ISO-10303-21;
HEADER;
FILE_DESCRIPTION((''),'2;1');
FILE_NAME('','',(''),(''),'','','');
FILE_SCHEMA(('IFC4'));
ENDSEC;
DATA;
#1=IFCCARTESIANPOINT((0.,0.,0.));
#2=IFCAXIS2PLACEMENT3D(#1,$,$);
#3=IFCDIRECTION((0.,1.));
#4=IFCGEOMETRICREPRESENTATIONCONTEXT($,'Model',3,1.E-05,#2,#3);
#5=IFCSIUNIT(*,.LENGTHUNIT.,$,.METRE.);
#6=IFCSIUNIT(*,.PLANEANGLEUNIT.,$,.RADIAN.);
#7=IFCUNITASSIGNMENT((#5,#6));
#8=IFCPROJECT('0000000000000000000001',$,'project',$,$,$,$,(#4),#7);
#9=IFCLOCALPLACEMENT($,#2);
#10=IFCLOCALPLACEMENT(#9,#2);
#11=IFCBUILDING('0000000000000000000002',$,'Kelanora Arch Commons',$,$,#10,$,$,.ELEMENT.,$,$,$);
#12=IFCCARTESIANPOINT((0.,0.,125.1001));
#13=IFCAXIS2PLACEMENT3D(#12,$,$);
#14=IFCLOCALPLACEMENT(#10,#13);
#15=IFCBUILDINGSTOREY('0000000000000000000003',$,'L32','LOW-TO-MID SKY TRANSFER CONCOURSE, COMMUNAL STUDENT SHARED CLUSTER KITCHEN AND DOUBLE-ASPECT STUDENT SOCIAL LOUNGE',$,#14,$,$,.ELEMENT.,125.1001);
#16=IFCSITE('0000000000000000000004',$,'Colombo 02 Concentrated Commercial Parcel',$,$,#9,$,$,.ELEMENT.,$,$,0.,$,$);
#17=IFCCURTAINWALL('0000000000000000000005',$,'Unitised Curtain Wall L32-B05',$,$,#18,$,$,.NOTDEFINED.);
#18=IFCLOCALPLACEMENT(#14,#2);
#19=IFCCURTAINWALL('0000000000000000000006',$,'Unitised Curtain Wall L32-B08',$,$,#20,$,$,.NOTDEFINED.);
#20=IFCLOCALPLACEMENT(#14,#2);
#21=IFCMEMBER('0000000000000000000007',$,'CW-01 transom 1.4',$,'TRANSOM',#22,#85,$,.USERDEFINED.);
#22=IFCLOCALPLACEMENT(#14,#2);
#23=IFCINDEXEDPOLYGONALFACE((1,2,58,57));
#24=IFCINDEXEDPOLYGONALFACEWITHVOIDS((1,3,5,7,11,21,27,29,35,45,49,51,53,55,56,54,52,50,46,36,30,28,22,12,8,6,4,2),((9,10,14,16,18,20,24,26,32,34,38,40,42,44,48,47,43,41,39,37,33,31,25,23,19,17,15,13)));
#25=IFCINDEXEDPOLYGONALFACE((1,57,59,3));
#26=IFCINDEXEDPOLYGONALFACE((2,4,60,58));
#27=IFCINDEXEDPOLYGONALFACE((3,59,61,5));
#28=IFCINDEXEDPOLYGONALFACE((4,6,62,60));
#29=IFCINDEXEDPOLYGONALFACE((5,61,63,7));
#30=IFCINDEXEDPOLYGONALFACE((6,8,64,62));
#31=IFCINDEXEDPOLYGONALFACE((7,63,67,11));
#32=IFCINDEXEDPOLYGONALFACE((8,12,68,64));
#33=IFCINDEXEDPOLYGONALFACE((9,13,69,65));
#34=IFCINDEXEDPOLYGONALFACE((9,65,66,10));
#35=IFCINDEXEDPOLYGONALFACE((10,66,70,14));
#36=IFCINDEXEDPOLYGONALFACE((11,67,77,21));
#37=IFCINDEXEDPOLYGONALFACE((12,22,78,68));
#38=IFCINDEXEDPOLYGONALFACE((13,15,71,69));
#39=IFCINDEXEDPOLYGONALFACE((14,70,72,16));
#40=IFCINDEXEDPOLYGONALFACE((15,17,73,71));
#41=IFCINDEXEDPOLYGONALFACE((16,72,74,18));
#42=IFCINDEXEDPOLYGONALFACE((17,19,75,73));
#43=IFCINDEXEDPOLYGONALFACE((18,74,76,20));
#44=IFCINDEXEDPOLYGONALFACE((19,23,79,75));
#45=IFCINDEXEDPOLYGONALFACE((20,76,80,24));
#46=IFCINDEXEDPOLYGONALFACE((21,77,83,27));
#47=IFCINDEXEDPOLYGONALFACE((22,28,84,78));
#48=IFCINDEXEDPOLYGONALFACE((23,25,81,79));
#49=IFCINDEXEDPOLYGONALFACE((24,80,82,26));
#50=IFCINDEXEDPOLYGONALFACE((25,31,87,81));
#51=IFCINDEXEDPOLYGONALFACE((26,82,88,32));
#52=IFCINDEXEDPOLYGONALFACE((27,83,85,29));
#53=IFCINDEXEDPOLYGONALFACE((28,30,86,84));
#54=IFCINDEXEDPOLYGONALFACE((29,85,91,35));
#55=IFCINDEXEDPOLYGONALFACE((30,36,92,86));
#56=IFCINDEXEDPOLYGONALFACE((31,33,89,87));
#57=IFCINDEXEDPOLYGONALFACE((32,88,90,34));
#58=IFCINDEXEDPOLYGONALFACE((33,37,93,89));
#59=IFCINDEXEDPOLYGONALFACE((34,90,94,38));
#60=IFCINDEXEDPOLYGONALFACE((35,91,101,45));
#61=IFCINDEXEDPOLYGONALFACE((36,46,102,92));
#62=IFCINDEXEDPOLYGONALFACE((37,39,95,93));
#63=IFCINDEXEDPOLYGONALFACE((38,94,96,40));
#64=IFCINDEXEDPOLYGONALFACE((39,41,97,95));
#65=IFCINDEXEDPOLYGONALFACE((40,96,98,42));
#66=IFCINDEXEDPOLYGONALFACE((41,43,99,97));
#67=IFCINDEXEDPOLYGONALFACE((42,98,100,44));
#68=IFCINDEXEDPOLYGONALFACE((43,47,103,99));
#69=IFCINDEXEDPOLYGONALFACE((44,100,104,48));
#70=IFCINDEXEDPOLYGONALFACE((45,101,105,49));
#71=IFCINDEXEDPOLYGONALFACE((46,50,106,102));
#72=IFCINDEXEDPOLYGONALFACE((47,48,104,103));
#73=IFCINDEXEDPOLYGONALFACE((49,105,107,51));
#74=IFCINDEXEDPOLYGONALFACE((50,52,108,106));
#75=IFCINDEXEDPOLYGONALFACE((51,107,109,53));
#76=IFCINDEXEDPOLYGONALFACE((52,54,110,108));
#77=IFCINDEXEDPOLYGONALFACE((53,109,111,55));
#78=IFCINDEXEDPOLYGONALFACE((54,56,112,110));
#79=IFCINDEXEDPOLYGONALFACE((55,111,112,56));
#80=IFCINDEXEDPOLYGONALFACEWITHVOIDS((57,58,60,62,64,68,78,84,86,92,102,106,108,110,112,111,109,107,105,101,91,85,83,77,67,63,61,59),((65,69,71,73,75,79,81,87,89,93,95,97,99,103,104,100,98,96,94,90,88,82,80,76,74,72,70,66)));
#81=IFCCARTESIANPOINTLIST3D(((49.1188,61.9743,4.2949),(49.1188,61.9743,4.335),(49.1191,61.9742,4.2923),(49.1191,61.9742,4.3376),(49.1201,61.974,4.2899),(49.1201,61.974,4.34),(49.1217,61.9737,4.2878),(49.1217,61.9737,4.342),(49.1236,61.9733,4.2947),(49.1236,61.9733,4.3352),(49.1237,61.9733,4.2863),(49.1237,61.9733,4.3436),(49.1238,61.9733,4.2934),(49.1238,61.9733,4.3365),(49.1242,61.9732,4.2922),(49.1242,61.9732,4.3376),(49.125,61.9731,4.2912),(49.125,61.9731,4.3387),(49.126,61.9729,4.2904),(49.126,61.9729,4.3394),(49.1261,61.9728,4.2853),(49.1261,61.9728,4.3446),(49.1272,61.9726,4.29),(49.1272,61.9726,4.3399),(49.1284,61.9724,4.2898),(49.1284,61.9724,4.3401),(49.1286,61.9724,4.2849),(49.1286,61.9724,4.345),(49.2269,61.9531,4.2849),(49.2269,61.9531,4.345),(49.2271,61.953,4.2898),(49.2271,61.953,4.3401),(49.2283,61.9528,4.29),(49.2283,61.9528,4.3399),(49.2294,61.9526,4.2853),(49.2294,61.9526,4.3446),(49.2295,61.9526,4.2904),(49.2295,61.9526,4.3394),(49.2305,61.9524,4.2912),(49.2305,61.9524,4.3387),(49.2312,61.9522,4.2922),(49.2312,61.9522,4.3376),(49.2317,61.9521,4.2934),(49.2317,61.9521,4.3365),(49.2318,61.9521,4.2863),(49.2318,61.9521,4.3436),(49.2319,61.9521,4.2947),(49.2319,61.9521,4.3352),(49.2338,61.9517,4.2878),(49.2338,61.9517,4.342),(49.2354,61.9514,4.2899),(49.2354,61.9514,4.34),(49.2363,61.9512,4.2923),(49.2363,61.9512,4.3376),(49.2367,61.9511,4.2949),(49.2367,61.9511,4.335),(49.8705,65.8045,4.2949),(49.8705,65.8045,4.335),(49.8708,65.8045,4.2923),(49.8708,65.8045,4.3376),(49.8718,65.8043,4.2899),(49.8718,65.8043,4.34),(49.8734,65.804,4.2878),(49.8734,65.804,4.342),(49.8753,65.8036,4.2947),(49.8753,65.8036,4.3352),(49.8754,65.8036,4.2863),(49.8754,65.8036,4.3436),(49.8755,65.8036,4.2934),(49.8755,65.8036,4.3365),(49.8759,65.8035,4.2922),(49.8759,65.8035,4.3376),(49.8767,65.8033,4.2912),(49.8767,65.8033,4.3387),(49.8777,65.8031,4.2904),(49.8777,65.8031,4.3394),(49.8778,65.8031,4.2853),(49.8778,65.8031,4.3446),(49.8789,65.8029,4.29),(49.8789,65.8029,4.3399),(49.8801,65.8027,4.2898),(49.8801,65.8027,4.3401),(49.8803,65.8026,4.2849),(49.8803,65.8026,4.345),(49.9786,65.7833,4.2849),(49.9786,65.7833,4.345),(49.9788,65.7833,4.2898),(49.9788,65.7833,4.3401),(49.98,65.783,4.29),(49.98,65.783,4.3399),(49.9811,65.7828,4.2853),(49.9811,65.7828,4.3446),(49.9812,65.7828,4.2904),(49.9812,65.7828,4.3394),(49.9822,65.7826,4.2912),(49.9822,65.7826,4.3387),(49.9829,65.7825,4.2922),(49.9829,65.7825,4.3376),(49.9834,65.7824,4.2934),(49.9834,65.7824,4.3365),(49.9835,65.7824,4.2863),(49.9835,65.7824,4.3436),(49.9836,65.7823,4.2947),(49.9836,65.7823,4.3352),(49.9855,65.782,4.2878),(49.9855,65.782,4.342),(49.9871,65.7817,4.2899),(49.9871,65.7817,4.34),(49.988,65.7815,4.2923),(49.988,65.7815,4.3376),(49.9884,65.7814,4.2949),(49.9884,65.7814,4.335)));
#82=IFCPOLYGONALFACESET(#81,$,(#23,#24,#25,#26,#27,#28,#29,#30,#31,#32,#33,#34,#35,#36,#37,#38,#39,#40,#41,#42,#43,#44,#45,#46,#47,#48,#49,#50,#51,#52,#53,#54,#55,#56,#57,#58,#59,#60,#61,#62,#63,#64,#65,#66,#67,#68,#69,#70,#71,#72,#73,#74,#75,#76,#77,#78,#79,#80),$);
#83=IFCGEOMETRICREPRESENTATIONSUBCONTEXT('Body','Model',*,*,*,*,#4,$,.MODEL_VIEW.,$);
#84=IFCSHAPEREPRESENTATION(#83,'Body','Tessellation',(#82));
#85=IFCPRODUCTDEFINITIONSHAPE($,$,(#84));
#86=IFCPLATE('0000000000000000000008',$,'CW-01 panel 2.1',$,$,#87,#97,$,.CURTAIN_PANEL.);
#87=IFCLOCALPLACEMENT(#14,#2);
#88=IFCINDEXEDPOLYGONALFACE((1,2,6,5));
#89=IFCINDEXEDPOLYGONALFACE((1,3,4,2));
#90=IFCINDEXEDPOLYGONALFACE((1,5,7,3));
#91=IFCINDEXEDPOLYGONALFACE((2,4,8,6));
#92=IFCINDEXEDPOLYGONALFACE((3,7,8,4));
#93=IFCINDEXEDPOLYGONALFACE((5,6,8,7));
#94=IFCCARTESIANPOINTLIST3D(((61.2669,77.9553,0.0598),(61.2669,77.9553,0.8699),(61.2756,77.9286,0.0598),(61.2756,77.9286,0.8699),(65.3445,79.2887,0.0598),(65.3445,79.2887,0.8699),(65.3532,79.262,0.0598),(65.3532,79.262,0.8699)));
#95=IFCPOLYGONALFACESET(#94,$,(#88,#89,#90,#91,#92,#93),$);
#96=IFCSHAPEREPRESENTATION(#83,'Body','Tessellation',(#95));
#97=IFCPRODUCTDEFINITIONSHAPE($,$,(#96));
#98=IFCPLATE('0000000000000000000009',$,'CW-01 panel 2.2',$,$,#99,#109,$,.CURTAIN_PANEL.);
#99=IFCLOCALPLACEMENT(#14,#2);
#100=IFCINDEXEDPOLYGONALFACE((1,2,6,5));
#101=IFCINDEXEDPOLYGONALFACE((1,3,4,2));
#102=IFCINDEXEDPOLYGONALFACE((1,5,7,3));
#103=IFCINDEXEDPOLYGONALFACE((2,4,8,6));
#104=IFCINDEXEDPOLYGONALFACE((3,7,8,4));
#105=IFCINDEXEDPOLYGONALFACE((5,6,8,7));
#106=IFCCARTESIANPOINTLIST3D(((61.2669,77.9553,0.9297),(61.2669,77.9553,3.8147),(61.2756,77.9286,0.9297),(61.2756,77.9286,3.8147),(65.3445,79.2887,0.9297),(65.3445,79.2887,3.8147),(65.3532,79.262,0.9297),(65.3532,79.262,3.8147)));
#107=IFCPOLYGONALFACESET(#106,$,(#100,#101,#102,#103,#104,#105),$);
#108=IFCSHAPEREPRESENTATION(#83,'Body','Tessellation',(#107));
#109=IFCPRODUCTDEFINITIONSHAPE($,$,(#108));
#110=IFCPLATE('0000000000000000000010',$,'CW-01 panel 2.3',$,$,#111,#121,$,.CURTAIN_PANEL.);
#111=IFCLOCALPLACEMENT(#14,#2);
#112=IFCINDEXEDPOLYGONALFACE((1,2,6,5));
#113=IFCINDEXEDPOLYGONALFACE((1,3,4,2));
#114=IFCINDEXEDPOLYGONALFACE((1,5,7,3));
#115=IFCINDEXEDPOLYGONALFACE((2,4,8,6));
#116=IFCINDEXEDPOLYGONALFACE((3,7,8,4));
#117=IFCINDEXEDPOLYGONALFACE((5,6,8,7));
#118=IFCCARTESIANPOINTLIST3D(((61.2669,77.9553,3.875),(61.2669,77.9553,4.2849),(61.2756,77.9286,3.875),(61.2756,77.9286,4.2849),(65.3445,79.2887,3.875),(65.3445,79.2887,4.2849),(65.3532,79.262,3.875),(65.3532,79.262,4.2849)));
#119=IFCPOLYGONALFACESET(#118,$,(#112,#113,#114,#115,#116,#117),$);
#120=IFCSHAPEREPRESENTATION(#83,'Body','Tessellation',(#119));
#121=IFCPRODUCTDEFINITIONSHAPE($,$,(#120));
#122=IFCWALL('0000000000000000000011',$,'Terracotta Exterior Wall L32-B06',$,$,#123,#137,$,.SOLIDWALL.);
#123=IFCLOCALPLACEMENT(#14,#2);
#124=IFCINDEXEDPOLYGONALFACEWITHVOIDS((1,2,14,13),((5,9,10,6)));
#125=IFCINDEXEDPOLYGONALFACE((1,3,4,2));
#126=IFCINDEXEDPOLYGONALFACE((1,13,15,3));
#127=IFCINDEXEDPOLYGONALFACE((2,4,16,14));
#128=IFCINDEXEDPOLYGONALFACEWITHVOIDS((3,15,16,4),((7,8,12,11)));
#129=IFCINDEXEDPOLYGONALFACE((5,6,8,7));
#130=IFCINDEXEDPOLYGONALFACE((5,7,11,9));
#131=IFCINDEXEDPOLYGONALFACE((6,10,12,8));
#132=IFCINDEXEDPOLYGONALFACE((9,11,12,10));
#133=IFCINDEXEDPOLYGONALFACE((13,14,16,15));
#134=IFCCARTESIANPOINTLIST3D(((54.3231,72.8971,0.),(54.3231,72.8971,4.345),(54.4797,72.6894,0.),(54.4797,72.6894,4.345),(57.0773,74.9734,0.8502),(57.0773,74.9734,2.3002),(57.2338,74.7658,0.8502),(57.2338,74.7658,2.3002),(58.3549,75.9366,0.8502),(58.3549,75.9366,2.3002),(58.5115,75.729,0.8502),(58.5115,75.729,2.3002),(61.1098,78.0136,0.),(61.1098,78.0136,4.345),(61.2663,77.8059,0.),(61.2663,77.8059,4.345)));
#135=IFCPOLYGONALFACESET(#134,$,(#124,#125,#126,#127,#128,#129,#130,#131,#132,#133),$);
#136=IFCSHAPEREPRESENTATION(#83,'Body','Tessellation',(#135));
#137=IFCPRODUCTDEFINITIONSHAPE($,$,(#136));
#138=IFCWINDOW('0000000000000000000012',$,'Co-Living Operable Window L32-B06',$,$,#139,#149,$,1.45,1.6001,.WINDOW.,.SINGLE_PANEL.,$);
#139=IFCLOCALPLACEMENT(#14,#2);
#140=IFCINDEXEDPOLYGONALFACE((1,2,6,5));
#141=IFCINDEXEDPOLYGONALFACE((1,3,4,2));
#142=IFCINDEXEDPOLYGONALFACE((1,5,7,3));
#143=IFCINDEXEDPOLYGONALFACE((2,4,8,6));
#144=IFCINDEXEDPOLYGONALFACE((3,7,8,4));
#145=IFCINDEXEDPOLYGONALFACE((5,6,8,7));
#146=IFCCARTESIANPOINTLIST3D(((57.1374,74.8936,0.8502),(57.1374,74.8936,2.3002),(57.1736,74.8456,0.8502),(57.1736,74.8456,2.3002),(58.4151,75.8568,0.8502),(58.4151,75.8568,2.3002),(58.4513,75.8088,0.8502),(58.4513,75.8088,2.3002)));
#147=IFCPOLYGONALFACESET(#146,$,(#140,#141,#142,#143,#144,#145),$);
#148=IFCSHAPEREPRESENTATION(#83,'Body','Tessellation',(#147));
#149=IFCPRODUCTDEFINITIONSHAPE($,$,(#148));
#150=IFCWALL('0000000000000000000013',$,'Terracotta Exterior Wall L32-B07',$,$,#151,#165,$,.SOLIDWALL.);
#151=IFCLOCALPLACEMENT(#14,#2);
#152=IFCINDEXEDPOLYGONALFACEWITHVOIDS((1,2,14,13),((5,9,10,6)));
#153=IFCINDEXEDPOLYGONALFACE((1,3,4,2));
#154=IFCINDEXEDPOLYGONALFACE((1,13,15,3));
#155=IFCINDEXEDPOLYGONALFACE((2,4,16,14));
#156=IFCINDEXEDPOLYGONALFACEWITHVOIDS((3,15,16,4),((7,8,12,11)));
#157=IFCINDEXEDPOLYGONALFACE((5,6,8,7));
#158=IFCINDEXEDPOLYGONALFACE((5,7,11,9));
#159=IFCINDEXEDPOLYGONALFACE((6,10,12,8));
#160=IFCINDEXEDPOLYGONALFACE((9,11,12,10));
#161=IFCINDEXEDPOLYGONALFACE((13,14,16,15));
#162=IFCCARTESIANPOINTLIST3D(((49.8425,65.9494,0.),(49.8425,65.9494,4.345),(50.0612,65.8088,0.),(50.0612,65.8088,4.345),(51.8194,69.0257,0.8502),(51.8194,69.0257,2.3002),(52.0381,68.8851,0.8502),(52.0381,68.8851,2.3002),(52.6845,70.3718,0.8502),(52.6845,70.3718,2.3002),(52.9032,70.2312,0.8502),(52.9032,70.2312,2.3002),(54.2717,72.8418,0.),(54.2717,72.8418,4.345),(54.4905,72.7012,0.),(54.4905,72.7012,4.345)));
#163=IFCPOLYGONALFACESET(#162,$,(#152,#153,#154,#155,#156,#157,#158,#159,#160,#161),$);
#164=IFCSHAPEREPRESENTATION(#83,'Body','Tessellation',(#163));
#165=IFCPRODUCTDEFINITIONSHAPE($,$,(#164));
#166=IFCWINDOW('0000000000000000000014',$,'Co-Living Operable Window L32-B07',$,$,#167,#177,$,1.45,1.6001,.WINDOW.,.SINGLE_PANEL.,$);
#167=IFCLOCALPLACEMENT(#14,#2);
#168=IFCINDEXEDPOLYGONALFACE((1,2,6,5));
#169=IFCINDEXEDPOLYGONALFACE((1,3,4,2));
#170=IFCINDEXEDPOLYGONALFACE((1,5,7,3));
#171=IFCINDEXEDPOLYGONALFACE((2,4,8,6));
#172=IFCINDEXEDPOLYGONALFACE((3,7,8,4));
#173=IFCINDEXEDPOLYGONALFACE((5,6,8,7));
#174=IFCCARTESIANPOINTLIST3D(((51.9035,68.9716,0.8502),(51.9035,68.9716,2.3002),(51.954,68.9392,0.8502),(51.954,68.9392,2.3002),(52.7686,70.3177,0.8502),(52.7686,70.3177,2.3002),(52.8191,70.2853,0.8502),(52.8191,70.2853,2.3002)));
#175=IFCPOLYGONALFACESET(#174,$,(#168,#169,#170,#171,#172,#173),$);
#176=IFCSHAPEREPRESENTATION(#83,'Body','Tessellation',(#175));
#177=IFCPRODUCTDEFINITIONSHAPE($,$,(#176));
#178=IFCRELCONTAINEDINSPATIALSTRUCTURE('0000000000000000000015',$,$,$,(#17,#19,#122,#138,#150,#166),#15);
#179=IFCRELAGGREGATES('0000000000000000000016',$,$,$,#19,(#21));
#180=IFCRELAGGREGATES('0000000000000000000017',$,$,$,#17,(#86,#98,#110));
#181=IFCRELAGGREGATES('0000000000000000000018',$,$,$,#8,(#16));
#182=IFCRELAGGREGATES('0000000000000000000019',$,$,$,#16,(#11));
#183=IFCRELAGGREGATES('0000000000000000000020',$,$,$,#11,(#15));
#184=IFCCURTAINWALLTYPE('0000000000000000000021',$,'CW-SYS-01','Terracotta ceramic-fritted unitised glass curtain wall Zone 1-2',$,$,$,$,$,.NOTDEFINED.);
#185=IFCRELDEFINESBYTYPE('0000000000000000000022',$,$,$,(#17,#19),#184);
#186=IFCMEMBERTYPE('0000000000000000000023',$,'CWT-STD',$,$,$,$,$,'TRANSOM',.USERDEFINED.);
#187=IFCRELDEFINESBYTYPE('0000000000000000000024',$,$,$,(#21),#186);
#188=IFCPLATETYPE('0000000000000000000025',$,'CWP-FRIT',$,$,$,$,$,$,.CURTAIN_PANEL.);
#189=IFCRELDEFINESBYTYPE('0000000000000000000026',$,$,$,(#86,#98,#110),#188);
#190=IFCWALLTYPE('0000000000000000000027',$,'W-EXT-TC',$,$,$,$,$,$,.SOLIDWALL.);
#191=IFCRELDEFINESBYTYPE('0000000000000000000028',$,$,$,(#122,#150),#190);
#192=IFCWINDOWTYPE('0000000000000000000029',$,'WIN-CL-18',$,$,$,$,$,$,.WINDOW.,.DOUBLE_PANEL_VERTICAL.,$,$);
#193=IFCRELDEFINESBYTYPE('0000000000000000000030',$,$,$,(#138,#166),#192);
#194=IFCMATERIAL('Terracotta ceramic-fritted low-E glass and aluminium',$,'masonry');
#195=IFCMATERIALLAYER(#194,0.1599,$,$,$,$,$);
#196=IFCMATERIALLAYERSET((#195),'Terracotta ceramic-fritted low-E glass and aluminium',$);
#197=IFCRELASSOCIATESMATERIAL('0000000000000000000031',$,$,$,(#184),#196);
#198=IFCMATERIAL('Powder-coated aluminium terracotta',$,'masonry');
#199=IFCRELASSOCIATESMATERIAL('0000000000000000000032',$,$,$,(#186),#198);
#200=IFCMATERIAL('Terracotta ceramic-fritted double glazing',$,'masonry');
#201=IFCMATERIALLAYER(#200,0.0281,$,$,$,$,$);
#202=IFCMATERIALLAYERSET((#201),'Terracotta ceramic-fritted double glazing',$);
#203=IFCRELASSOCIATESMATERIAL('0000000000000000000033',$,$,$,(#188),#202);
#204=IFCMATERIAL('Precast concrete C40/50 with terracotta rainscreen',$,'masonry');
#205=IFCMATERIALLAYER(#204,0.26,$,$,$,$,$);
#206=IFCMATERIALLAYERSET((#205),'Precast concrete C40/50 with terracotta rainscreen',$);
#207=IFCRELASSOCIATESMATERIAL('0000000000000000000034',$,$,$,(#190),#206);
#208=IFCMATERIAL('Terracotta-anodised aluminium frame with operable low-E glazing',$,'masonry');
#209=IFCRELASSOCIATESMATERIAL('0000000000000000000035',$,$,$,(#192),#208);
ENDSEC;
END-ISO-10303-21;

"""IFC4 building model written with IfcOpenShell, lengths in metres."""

from ifc_helpers import new_model, si_unit, direction, frame, frame_2d, origin, origin_2d, place, context, subcontext, project, spatial, rectangle, hollow_rectangle, extrude, source, transform, mapped, material, layer, layer_set, material_profile, profile_set, type_object, element, fill, aggregate, save


model = new_model("IFC4")

# Units and contexts
model_context = context("Model", 3, precision=1e-05, world=origin(), true_north=direction((0.0, 1.0)))
body_context = subcontext(model_context, "Body", "Model", "MODEL_VIEW")
ifc_project = project(units=[si_unit("LENGTHUNIT", "METRE"), si_unit("PLANEANGLEUNIT", "RADIAN")], contexts=[model_context])

# Site, building, storey
site_placement = place(None, origin())
site = spatial("IfcSite", under=ifc_project, at=site_placement, Name="Colombo 02 Concentrated Commercial Parcel", CompositionType="ELEMENT", RefElevation=0.0)
building_placement = place(site_placement, origin())
building = spatial("IfcBuilding", under=site, at=building_placement, Name="Kelanora Arch Commons", CompositionType="ELEMENT")
storey_placement = place(building_placement, frame((0.0, 0.0, 125.1001)))
storey = spatial("IfcBuildingStorey", under=building, at=storey_placement, Name="L32", Description="LOW-TO-MID SKY TRANSFER CONCOURSE, COMMUNAL STUDENT SHARED CLUSTER KITCHEN AND DOUBLE-ASPECT STUDENT SOCIAL LOUNGE", CompositionType="ELEMENT", Elevation=125.1001)

# Curtain wall
ifc_material_1 = material(Name="Terracotta ceramic-fritted low-E glass and aluminium", Category="masonry")
ifc_layer_1 = layer(ifc_material_1, 0.1599)
ifc_layer_set_1 = layer_set([ifc_layer_1], Name="Terracotta ceramic-fritted low-E glass and aluminium")
curtain_wall_type = type_object("IfcCurtainWallType", Name="CW-SYS-01", Description="Terracotta ceramic-fritted unitised glass curtain wall Zone 1-2", PredefinedType="NOTDEFINED", material=ifc_layer_set_1)
curtain_wall_1_placement = place(storey_placement, origin())
curtain_wall_1 = element("IfcCurtainWall", 1, at=curtain_wall_1_placement, inside=storey, type_object=curtain_wall_type, Name="Unitised Curtain Wall L32-B05", PredefinedType="NOTDEFINED")
ifc_material_2 = material(Name="Powder-coated aluminium terracotta", Category="masonry")

# Curtain wall, member
curtain_wall_2_placement = place(storey_placement, origin())
curtain_wall_2 = element("IfcCurtainWall", 2, at=curtain_wall_2_placement, inside=storey, type_object=curtain_wall_type, Name="Unitised Curtain Wall L32-B08", PredefinedType="NOTDEFINED")
ifc_material_profile_1 = material_profile(ifc_material_2, hollow_rectangle(XDim=0.1201, YDim=0.0601, WallThickness=0.0049, InnerFilletRadius=0.0049, OuterFilletRadius=0.01, at=origin_2d()), Name="CWT120x60")
ifc_profile_set_1 = profile_set([ifc_material_profile_1], Name="Powder-coated aluminium terracotta")
member_type_1 = type_object("IfcMemberType", Name="CWT-STD", ElementType="TRANSOM", PredefinedType="USERDEFINED", material=ifc_profile_set_1)
member_1_placement = place(storey_placement, frame((49.9294, 65.793, 4.3149), z_axis=(-0.192579, -0.981282, 0.0), x_axis=(0.981282, -0.192579, 0.0)))
member_1 = element("IfcMember", 3, at=member_1_placement, type_object=member_type_1, Name="CW-01 transom 1.4", ObjectType="TRANSOM", PredefinedType="USERDEFINED", context=body_context, shape_type="SweptSolid", body=[
    extrude(hollow_rectangle(XDim=0.1201, YDim=0.0601, WallThickness=0.0049, InnerFilletRadius=0.0049, OuterFilletRadius=0.01, at=origin_2d()), origin(), (0.0, 0.0, 1.0), 3.9033),
])
aggregate(curtain_wall_2, [member_1])

# Plates
ifc_material_3 = material(Name="Terracotta ceramic-fritted double glazing", Category="masonry")
ifc_layer_2 = layer(ifc_material_3, 0.0281)
ifc_layer_set_2 = layer_set([ifc_layer_2], Name="Terracotta ceramic-fritted double glazing")
plate_type = type_object("IfcPlateType", Name="CWP-FRIT", PredefinedType="CURTAIN_PANEL", material=ifc_layer_set_2)
shared_shape_1 = source(origin(), body_context, "Body", "SweptSolid", [
    extrude(rectangle(XDim=4.29, YDim=0.0281, at=origin_2d()), origin(), (0.0, 0.0, 1.0), 0.8101),
])
plate_1_placement = place(storey_placement, frame((63.3101, 78.6086, 0.0598), z_axis=(0.0, 0.0, 1.0), x_axis=(-0.950474, -0.310805, 0.0)))
plate_1 = element("IfcPlate", 4, at=plate_1_placement, type_object=plate_type, Name="CW-01 panel 2.1", PredefinedType="CURTAIN_PANEL", context=body_context, shape_type="MappedRepresentation", body=[
    mapped(shared_shape_1, transform((0.0, 0.0, 0.0), scale=1.0)),
])
shared_shape_2 = source(origin(), body_context, "Body", "SweptSolid", [
    extrude(rectangle(XDim=4.29, YDim=0.0281, at=origin_2d()), origin(), (0.0, 0.0, 1.0), 2.885),
])
plate_2_placement = place(storey_placement, frame((63.3101, 78.6086, 0.9297), z_axis=(0.0, 0.0, 1.0), x_axis=(-0.950474, -0.310805, 0.0)))
plate_2 = element("IfcPlate", 5, at=plate_2_placement, type_object=plate_type, Name="CW-01 panel 2.2", PredefinedType="CURTAIN_PANEL", context=body_context, shape_type="MappedRepresentation", body=[
    mapped(shared_shape_2, transform((0.0, 0.0, 0.0), scale=1.0)),
])
shared_shape_3 = source(origin(), body_context, "Body", "SweptSolid", [
    extrude(rectangle(XDim=4.29, YDim=0.0281, at=origin_2d()), origin(), (0.0, 0.0, 1.0), 0.4099),
])
plate_3_placement = place(storey_placement, frame((63.3101, 78.6086, 3.875), z_axis=(0.0, 0.0, 1.0), x_axis=(-0.950474, -0.310805, 0.0)))
plate_3 = element("IfcPlate", 6, at=plate_3_placement, type_object=plate_type, Name="CW-01 panel 2.3", PredefinedType="CURTAIN_PANEL", context=body_context, shape_type="MappedRepresentation", body=[
    mapped(shared_shape_3, transform((0.0, 0.0, 0.0), scale=1.0)),
])
aggregate(curtain_wall_1, [plate_1, plate_2, plate_3])

# Walls, openings, windows
ifc_material_4 = material(Name="Precast concrete C40/50 with terracotta rainscreen", Category="masonry")
ifc_layer_3 = layer(ifc_material_4, 0.26)
ifc_layer_set_3 = layer_set([ifc_layer_3], Name="Precast concrete C40/50 with terracotta rainscreen")
wall_type_1 = type_object("IfcWallType", Name="W-EXT-TC", PredefinedType="SOLIDWALL", material=ifc_layer_set_3)
wall_1_placement = place(storey_placement, frame((61.188, 77.9097, 0.0), z_axis=(0.0, 0.0, 1.0), x_axis=(-0.798502, -0.601993, 0.0)))
wall_1 = element("IfcWall", 7, at=wall_1_placement, inside=storey, type_object=wall_type_1, Name="Terracotta Exterior Wall L32-B06", PredefinedType="SOLIDWALL", context=body_context, shape_type="SweptSolid", body=[
    extrude(rectangle(XDim=8.4993, YDim=0.26, at=frame_2d((4.2495, 0.0))), origin(), (0.0, 0.0, 1.0), 4.345),
])
opening_1_placement = place(wall_1_placement, frame((3.45, 0.0, 0.8501)))
opening_1 = element("IfcOpeningElement", 8, at=opening_1_placement, cuts=wall_1, PredefinedType="OPENING", context=body_context, shape_type="SweptSolid", body=[
    extrude(rectangle(XDim=1.6001, YDim=1.45, at=frame_2d((0.8, 0.7251))), frame((0.0, 0.1401, 0.0), z_axis=(0.0, -1.0, 0.0), x_axis=(1.0, 0.0, 0.0)), (0.0, 0.0, 1.0), 0.28),
])
ifc_material_5 = material(Name="Terracotta-anodised aluminium frame with operable low-E glazing", Category="masonry")
window_type = type_object("IfcWindowType", Name="WIN-CL-18", PartitioningType="DOUBLE_PANEL_VERTICAL", PredefinedType="WINDOW", material=ifc_material_5)
window_1_placement = place(opening_1_placement, origin())
window_1 = element("IfcWindow", 9, at=window_1_placement, inside=storey, type_object=window_type, Name="Co-Living Operable Window L32-B06", OverallHeight=1.45, OverallWidth=1.6001, PartitioningType="SINGLE_PANEL", PredefinedType="WINDOW", context=body_context, shape_type="SweptSolid", body=[
    extrude(rectangle(XDim=1.6001, YDim=1.45, at=frame_2d((0.8, 0.7251))), frame((0.0, 0.03, 0.0), z_axis=(0.0, -1.0, 0.0), x_axis=(1.0, 0.0, 0.0)), (0.0, 0.0, 1.0), 0.0601),
])
fill(opening_1, window_1)
wall_2_placement = place(storey_placement, frame((54.3811, 72.7715, 0.0), z_axis=(0.0, 0.0, 1.0), x_axis=(-0.540621, -0.841267, 0.0)))
wall_2 = element("IfcWall", 10, at=wall_2_placement, inside=storey, type_object=wall_type_1, Name="Terracotta Exterior Wall L32-B07", PredefinedType="SOLIDWALL", context=body_context, shape_type="SweptSolid", body=[
    extrude(rectangle(XDim=8.1929, YDim=0.26, at=frame_2d((4.0964, 0.0))), origin(), (0.0, 0.0, 1.0), 4.345),
])
opening_2_placement = place(wall_2_placement, frame((2.936, 0.0, 0.8501)))
opening_2 = element("IfcOpeningElement", 11, at=opening_2_placement, cuts=wall_2, PredefinedType="OPENING", context=body_context, shape_type="SweptSolid", body=[
    extrude(rectangle(XDim=1.6001, YDim=1.45, at=frame_2d((0.8, 0.7251))), frame((0.0, 0.1401, 0.0), z_axis=(0.0, -1.0, 0.0), x_axis=(1.0, 0.0, 0.0)), (0.0, 0.0, 1.0), 0.28),
])
window_2_placement = place(opening_2_placement, origin())
window_2 = element("IfcWindow", 12, at=window_2_placement, inside=storey, type_object=window_type, Name="Co-Living Operable Window L32-B07", OverallHeight=1.45, OverallWidth=1.6001, PartitioningType="SINGLE_PANEL", PredefinedType="WINDOW", context=body_context, shape_type="SweptSolid", body=[
    extrude(rectangle(XDim=1.6001, YDim=1.45, at=frame_2d((0.8, 0.7251))), frame((0.0, 0.03, 0.0), z_axis=(0.0, -1.0, 0.0), x_axis=(1.0, 0.0, 0.0)), (0.0, 0.0, 1.0), 0.0601),
])
fill(opening_2, window_2)

save(model, "model.ifc")
